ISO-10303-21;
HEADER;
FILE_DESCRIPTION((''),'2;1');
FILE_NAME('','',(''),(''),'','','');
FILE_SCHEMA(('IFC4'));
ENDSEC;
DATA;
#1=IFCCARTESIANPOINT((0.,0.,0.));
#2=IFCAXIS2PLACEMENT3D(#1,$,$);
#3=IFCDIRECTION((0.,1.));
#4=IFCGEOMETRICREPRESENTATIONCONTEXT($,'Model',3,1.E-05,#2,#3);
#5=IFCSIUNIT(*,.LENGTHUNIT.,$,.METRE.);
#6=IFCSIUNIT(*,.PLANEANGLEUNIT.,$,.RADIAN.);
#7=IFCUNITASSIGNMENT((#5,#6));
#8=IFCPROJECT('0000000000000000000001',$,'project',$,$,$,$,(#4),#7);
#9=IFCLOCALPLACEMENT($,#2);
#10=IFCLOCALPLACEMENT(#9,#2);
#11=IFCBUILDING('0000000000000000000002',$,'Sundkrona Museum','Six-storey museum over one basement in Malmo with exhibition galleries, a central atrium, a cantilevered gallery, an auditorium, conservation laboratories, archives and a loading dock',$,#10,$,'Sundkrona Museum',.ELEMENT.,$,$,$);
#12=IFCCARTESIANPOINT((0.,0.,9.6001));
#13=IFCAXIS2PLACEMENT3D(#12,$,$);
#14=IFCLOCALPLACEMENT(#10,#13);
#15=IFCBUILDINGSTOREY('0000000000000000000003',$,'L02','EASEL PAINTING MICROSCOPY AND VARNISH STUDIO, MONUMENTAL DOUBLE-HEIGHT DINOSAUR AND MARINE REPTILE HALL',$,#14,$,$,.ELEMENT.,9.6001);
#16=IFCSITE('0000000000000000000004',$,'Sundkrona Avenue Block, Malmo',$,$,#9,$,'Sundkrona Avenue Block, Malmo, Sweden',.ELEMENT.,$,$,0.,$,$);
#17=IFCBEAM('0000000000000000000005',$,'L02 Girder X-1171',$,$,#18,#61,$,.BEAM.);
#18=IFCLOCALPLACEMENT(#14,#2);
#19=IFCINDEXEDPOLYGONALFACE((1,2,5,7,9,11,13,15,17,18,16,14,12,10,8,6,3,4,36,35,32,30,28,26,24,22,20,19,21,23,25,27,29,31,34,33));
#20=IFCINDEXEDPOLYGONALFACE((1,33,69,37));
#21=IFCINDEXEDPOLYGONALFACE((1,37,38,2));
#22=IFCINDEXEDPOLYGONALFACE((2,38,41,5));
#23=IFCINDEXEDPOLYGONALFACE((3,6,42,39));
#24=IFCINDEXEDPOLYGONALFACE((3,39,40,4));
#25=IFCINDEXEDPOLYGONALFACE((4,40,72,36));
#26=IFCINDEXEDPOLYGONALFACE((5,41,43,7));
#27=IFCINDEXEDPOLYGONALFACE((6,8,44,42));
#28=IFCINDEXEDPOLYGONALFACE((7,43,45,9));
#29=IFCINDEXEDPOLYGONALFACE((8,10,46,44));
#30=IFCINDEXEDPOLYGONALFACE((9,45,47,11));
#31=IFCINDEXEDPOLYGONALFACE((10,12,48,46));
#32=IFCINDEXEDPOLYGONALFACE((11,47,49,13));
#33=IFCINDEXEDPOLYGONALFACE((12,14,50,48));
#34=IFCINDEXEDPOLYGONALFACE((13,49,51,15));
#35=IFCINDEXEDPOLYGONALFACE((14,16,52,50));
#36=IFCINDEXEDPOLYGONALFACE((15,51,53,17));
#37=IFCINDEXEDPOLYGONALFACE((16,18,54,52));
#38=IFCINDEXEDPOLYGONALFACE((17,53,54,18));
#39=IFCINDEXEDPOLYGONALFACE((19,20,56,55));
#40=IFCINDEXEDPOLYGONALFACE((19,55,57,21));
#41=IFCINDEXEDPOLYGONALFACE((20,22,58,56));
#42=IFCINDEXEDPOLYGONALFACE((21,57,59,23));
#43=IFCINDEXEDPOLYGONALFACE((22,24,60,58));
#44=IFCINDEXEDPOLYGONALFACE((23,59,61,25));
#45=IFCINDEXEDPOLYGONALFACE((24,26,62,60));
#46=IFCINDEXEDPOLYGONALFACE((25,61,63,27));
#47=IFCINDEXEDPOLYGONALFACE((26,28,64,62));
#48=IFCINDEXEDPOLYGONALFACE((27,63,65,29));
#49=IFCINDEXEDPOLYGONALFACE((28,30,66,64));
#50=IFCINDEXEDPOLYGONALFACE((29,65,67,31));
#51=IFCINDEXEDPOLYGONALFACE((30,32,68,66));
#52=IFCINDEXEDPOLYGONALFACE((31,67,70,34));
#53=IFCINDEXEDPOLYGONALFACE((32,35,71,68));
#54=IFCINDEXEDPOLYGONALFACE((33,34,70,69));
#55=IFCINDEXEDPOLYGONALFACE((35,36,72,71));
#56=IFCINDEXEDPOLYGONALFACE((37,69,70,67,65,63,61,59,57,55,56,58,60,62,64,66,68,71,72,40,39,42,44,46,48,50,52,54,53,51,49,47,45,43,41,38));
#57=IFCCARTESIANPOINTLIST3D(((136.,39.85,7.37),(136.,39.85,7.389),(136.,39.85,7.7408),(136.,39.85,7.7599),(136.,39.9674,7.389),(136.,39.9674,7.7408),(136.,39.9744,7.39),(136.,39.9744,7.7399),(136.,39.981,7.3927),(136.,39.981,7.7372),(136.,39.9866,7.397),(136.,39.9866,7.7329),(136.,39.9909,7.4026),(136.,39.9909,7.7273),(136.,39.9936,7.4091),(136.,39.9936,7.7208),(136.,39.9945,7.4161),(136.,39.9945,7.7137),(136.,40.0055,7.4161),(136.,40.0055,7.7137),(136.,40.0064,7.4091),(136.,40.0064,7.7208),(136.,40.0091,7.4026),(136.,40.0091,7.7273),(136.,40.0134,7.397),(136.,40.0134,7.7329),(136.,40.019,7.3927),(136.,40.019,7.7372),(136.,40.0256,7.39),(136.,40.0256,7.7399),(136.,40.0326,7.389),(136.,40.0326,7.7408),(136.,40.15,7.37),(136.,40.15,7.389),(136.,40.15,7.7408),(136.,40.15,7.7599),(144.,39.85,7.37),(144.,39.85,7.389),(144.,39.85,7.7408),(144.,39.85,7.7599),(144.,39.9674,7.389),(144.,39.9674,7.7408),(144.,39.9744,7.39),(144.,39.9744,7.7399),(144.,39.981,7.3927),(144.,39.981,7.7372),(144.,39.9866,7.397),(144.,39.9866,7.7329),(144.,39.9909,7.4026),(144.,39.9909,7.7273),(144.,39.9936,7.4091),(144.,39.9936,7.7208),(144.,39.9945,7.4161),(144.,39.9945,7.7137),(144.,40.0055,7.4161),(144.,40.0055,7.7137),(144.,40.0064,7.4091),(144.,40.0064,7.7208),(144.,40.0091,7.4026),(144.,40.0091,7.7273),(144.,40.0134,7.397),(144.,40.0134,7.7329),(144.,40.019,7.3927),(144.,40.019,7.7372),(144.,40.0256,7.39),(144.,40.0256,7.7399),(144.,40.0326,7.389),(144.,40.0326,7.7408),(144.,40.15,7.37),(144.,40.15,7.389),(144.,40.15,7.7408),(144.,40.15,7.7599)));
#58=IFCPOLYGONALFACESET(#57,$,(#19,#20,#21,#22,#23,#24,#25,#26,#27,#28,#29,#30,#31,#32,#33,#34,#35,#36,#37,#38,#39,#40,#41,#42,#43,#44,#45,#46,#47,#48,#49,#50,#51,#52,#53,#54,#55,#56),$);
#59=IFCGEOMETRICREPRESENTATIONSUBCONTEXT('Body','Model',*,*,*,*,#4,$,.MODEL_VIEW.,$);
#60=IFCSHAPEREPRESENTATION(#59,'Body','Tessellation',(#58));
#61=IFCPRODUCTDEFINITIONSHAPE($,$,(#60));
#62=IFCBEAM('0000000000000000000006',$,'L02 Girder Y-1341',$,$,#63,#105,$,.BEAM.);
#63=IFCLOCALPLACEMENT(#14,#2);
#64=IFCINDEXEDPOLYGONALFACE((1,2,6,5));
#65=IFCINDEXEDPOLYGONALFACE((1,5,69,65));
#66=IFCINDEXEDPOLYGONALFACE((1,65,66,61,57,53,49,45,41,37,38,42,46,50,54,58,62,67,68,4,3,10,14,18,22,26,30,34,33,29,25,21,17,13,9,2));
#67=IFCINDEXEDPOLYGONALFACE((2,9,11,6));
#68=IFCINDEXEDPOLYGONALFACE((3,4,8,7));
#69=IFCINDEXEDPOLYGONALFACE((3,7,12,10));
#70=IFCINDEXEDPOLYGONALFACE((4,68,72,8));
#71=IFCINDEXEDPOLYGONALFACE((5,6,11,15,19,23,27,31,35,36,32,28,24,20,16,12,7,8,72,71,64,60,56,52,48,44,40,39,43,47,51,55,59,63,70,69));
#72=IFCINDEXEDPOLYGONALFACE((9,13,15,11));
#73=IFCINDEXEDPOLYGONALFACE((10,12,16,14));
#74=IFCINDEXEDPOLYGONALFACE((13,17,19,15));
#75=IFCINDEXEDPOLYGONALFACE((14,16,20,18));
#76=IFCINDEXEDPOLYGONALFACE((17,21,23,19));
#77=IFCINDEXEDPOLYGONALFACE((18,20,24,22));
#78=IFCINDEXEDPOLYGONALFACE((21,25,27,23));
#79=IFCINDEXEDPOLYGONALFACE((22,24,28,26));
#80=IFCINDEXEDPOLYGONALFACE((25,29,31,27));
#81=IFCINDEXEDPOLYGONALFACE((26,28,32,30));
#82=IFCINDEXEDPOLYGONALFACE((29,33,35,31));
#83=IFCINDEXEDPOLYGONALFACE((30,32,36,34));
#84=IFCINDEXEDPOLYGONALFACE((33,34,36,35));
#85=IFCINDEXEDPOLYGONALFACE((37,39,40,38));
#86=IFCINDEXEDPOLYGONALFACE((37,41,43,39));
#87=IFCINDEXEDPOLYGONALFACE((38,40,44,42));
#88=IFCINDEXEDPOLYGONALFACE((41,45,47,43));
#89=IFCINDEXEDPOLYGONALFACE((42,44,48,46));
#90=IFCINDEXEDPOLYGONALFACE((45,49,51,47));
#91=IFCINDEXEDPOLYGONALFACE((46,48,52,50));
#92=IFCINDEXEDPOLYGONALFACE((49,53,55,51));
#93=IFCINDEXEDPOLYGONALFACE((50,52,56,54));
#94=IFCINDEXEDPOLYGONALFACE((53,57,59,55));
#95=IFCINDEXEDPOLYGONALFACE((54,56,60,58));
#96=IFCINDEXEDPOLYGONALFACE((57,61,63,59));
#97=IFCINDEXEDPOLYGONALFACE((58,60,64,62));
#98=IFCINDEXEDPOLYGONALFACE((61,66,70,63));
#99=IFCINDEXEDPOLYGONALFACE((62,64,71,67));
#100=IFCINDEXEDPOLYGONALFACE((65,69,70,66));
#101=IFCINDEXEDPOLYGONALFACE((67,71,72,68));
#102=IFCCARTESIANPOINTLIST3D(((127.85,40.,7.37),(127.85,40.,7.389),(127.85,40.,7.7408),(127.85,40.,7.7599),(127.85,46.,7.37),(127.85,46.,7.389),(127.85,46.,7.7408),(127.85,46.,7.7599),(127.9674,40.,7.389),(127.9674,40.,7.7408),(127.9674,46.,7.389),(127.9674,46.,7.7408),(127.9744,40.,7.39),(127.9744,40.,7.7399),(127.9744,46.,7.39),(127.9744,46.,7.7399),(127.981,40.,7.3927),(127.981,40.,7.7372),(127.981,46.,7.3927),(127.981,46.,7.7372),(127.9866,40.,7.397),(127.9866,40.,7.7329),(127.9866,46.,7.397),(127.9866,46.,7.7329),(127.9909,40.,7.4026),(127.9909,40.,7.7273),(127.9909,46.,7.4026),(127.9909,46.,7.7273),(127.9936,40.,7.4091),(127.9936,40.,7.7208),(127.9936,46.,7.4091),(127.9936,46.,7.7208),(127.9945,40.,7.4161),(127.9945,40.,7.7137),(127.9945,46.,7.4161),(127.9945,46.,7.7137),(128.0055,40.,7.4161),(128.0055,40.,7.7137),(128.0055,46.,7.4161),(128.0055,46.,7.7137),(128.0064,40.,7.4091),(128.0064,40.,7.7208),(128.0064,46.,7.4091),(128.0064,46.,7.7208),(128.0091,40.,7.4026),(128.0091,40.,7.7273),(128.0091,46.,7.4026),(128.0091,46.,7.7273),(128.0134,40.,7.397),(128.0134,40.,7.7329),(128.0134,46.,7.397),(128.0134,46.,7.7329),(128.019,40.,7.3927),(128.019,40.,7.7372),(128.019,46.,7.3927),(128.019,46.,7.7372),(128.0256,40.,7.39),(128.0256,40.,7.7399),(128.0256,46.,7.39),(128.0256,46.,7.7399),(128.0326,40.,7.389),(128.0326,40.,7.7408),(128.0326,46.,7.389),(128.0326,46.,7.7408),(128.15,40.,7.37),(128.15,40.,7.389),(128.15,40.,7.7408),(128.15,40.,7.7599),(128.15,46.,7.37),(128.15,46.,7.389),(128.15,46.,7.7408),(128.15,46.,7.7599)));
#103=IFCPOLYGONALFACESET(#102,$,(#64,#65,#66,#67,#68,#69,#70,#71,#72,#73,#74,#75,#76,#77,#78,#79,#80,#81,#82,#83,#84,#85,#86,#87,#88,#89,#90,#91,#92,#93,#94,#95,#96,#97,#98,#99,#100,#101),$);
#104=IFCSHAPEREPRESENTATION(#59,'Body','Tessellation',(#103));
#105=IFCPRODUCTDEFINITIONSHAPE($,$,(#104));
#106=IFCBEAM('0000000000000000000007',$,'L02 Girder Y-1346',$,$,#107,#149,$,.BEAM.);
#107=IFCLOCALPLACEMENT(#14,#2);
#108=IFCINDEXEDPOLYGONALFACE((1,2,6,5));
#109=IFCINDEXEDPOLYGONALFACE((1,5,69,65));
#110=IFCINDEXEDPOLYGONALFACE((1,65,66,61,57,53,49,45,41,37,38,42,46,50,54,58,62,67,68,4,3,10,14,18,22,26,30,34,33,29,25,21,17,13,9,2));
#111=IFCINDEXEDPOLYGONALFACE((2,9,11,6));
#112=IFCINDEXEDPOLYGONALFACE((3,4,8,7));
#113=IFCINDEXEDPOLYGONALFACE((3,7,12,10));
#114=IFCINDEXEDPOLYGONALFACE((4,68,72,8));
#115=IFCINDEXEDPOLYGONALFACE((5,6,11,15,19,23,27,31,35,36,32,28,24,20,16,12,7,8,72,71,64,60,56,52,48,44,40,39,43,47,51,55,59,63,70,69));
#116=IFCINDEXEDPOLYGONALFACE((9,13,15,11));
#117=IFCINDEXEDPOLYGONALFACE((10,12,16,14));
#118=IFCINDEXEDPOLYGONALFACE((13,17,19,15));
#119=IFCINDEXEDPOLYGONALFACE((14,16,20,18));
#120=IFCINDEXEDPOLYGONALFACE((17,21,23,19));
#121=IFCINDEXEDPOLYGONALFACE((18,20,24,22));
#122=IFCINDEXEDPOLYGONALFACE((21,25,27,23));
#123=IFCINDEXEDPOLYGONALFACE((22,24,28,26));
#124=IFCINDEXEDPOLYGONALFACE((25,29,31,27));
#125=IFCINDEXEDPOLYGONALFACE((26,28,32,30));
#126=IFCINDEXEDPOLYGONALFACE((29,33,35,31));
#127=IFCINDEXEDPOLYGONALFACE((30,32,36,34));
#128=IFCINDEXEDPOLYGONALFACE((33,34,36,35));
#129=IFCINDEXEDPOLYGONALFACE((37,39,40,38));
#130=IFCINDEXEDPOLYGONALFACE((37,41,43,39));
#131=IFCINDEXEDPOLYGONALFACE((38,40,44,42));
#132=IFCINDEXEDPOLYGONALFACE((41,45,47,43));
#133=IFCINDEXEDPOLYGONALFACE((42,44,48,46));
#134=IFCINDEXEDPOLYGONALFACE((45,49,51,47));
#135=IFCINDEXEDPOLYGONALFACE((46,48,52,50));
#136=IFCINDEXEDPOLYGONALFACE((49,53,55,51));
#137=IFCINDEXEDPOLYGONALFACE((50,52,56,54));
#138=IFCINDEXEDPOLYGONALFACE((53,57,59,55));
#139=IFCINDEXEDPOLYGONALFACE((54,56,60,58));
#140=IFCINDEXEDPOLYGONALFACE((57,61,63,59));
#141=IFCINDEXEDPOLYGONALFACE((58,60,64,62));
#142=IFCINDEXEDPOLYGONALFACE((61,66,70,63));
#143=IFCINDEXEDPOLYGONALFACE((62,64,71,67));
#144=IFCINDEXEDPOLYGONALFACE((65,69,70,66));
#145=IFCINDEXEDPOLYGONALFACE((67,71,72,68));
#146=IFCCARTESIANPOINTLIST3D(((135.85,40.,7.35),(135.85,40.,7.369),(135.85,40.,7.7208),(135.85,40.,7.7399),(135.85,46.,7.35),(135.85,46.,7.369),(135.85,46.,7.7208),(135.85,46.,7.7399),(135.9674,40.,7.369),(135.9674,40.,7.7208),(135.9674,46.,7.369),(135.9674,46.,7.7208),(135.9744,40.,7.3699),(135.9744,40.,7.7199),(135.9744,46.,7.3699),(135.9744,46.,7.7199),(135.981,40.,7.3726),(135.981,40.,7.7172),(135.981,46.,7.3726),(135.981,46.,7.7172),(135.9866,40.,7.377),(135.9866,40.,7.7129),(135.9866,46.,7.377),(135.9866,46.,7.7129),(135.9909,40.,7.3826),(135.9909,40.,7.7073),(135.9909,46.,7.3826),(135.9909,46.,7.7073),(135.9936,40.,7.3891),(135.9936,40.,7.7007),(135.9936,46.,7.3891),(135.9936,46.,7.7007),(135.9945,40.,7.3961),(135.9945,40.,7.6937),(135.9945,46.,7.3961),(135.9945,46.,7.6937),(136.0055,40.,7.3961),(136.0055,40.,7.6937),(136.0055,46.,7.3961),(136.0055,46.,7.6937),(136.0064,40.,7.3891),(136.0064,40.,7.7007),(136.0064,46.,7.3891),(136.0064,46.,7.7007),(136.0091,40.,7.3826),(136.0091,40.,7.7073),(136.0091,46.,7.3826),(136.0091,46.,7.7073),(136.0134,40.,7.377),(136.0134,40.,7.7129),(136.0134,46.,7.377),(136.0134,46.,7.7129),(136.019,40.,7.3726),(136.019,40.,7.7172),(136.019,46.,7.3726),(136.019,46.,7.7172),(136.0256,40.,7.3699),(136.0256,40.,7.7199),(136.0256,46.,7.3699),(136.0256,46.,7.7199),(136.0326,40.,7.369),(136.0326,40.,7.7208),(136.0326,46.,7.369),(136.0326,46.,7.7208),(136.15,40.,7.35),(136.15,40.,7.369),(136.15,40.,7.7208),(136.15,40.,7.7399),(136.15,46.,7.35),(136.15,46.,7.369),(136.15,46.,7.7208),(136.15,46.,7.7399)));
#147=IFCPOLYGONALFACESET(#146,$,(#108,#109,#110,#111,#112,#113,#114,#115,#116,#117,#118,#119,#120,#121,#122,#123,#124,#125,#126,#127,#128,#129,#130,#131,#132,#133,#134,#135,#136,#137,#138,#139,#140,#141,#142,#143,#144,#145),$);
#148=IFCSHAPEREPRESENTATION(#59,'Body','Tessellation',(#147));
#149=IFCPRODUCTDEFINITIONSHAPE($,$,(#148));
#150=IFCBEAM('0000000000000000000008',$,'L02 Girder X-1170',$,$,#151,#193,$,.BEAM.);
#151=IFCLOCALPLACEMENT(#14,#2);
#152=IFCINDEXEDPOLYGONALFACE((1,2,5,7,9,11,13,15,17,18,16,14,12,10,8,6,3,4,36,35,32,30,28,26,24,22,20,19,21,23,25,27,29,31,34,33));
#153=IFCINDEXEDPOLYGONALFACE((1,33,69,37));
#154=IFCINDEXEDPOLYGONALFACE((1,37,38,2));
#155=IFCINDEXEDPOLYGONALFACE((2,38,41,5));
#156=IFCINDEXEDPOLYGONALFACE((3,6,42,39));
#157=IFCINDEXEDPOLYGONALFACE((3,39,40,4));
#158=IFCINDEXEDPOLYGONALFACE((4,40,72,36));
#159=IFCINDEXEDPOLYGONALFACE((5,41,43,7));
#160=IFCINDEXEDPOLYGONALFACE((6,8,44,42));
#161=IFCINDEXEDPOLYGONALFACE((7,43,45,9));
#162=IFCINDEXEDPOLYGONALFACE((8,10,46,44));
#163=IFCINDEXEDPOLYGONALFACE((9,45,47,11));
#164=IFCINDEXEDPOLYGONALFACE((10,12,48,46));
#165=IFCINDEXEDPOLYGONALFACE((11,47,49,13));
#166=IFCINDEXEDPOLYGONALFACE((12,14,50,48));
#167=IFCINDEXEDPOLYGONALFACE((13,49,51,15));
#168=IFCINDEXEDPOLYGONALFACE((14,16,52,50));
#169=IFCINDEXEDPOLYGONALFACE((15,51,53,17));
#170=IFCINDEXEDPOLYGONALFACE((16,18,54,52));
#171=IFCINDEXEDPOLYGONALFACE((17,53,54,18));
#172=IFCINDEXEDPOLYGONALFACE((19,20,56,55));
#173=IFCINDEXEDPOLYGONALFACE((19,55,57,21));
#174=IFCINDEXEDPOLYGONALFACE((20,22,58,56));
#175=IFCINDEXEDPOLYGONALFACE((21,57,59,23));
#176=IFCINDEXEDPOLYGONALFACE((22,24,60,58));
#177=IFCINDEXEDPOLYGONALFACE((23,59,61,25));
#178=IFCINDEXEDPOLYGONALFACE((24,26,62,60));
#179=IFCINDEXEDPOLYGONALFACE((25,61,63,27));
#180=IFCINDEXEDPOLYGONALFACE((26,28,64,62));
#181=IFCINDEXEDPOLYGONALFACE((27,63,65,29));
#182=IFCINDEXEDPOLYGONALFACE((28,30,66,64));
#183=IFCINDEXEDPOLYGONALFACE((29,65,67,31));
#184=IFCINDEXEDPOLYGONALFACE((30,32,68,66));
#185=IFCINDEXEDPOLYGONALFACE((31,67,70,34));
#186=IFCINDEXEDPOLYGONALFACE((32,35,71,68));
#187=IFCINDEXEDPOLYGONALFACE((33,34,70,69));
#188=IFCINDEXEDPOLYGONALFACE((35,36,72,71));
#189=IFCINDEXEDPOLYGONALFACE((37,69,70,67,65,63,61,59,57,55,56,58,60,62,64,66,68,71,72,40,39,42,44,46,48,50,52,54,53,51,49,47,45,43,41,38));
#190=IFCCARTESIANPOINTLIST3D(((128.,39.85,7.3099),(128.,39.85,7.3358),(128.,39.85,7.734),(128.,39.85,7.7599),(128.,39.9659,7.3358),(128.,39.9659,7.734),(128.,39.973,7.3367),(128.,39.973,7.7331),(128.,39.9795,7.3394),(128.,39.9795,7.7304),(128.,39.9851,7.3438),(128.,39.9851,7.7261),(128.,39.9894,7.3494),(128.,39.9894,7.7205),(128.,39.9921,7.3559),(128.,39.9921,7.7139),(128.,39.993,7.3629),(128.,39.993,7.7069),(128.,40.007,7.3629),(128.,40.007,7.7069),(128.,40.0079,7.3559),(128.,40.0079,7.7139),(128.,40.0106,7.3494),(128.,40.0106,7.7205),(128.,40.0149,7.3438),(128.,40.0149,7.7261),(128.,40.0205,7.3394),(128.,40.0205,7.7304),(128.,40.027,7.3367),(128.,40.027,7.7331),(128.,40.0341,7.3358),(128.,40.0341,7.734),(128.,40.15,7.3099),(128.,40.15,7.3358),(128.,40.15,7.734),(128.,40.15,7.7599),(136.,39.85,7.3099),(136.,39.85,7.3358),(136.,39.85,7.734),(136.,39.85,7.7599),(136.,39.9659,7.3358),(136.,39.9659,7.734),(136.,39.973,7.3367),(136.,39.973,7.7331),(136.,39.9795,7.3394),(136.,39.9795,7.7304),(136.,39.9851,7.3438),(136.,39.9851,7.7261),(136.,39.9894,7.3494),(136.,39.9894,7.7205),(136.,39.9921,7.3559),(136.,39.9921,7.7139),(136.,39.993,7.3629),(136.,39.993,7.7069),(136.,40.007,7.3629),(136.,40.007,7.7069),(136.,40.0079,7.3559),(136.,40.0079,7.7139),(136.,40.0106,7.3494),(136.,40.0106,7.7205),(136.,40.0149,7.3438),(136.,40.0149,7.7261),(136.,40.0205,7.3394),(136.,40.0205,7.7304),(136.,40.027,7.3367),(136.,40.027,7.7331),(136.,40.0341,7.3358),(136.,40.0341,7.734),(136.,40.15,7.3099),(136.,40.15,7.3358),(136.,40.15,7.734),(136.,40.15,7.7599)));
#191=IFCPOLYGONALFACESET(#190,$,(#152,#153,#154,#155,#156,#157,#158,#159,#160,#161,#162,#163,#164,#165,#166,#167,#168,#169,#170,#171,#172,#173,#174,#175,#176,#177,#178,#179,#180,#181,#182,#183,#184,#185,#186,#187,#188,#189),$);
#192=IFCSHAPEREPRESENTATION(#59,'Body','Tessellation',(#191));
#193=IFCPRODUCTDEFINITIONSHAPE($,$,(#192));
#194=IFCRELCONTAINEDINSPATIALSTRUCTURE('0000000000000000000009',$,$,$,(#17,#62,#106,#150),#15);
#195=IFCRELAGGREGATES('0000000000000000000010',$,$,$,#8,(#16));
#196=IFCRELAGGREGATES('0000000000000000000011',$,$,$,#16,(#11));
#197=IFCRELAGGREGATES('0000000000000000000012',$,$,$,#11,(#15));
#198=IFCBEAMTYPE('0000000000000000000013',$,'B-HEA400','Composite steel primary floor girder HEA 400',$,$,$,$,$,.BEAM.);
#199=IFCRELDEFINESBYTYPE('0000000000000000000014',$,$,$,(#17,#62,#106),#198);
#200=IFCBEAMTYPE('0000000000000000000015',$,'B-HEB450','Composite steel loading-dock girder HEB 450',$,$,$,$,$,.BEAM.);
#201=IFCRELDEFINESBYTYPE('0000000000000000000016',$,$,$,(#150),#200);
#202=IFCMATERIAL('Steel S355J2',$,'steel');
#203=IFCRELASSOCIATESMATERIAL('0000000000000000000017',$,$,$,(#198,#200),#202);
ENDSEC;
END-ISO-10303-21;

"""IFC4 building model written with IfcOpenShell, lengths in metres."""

from ifc_helpers import new_model, si_unit, direction, frame, origin, origin_2d, place, context, subcontext, project, spatial, i_section, extrude, material, material_profile, profile_set, type_object, element, save


model = new_model("IFC4")

# Units and contexts
model_context = context("Model", 3, precision=1e-05, world=origin(), true_north=direction((0.0, 1.0)))
body_context = subcontext(model_context, "Body", "Model", "MODEL_VIEW")
ifc_project = project(units=[si_unit("LENGTHUNIT", "METRE"), si_unit("PLANEANGLEUNIT", "RADIAN")], contexts=[model_context])

# Site, building, storey
site_placement = place(None, origin())
site = spatial("IfcSite", under=ifc_project, at=site_placement, Name="Sundkrona Avenue Block, Malmo", LongName="Sundkrona Avenue Block, Malmo, Sweden", CompositionType="ELEMENT", RefElevation=0.0)
building_placement = place(site_placement, origin())
building = spatial("IfcBuilding", under=site, at=building_placement, Name="Sundkrona Museum", Description="Six-storey museum over one basement in Malmo with exhibition galleries, a central atrium, a cantilevered gallery, an auditorium, conservation laboratories, archives and a loading dock", LongName="Sundkrona Museum", CompositionType="ELEMENT")
storey_placement = place(building_placement, frame((0.0, 0.0, 9.6001)))
storey = spatial("IfcBuildingStorey", under=building, at=storey_placement, Name="L02", Description="EASEL PAINTING MICROSCOPY AND VARNISH STUDIO, MONUMENTAL DOUBLE-HEIGHT DINOSAUR AND MARINE REPTILE HALL", CompositionType="ELEMENT", Elevation=9.6001)

# Shared definitions
ifc_material_1 = material(Name="Steel S355J2", Category="steel")

# Beams
ifc_material_profile_1 = material_profile(ifc_material_1, i_section(OverallWidth=0.3, OverallDepth=0.3899, WebThickness=0.011, FlangeThickness=0.019, FilletRadius=0.0271, at=origin_2d()), Name="HEA 400")
ifc_profile_set_1 = profile_set([ifc_material_profile_1], Name="Steel S355J2")
beam_type_1 = type_object("IfcBeamType", Name="B-HEA400", Description="Composite steel primary floor girder HEA 400", PredefinedType="BEAM", material=ifc_profile_set_1)
for number, where, z_axis, x_axis, name in (
    (1, (136.0, 40.0, 7.5649), (1.0, 0.0, 0.0), (0.0, 1.0, 0.0), "L02 Girder X-1171"),
):
    element("IfcBeam", number, at=place(storey_placement, frame(where, z_axis=z_axis, x_axis=x_axis)), inside=storey, type_object=beam_type_1, Name=name, PredefinedType="BEAM", context=body_context, shape_type="SweptSolid", body=[
        extrude(i_section(OverallWidth=0.3, OverallDepth=0.3899, WebThickness=0.011, FlangeThickness=0.019, FilletRadius=0.0271, at=origin_2d()), origin(), (0.0, 0.0, 1.0), 8.0),
    ])
for number, where, z_axis, x_axis, name in (
    (2, (128.0, 40.0, 7.5649), (0.0, 1.0, 0.0), (-1.0, 0.0, 0.0), "L02 Girder Y-1341"),
    (3, (136.0, 40.0, 7.5449), (0.0, 1.0, 0.0), (-1.0, 0.0, 0.0), "L02 Girder Y-1346"),
):
    element("IfcBeam", number, at=place(storey_placement, frame(where, z_axis=z_axis, x_axis=x_axis)), inside=storey, type_object=beam_type_1, Name=name, PredefinedType="BEAM", context=body_context, shape_type="SweptSolid", body=[
        extrude(i_section(OverallWidth=0.3, OverallDepth=0.3899, WebThickness=0.011, FlangeThickness=0.019, FilletRadius=0.0271, at=origin_2d()), origin(), (0.0, 0.0, 1.0), 6.0),
    ])
ifc_material_profile_2 = material_profile(ifc_material_1, i_section(OverallWidth=0.3, OverallDepth=0.45, WebThickness=0.0139, FlangeThickness=0.0259, FilletRadius=0.0271, at=origin_2d()), Name="HEB 450")
ifc_profile_set_2 = profile_set([ifc_material_profile_2], Name="Steel S355J2")
beam_type_2 = type_object("IfcBeamType", Name="B-HEB450", Description="Composite steel loading-dock girder HEB 450", PredefinedType="BEAM", material=ifc_profile_set_2)
beam_1_placement = place(storey_placement, frame((128.0, 40.0, 7.5349), z_axis=(1.0, 0.0, 0.0), x_axis=(0.0, 1.0, 0.0)))
element("IfcBeam", 4, at=beam_1_placement, inside=storey, type_object=beam_type_2, Name="L02 Girder X-1170", PredefinedType="BEAM", context=body_context, shape_type="SweptSolid", body=[
    extrude(i_section(OverallWidth=0.3, OverallDepth=0.45, WebThickness=0.0139, FlangeThickness=0.0259, FilletRadius=0.0271, at=origin_2d()), origin(), (0.0, 0.0, 1.0), 8.0),
])

save(model, "model.ifc")
